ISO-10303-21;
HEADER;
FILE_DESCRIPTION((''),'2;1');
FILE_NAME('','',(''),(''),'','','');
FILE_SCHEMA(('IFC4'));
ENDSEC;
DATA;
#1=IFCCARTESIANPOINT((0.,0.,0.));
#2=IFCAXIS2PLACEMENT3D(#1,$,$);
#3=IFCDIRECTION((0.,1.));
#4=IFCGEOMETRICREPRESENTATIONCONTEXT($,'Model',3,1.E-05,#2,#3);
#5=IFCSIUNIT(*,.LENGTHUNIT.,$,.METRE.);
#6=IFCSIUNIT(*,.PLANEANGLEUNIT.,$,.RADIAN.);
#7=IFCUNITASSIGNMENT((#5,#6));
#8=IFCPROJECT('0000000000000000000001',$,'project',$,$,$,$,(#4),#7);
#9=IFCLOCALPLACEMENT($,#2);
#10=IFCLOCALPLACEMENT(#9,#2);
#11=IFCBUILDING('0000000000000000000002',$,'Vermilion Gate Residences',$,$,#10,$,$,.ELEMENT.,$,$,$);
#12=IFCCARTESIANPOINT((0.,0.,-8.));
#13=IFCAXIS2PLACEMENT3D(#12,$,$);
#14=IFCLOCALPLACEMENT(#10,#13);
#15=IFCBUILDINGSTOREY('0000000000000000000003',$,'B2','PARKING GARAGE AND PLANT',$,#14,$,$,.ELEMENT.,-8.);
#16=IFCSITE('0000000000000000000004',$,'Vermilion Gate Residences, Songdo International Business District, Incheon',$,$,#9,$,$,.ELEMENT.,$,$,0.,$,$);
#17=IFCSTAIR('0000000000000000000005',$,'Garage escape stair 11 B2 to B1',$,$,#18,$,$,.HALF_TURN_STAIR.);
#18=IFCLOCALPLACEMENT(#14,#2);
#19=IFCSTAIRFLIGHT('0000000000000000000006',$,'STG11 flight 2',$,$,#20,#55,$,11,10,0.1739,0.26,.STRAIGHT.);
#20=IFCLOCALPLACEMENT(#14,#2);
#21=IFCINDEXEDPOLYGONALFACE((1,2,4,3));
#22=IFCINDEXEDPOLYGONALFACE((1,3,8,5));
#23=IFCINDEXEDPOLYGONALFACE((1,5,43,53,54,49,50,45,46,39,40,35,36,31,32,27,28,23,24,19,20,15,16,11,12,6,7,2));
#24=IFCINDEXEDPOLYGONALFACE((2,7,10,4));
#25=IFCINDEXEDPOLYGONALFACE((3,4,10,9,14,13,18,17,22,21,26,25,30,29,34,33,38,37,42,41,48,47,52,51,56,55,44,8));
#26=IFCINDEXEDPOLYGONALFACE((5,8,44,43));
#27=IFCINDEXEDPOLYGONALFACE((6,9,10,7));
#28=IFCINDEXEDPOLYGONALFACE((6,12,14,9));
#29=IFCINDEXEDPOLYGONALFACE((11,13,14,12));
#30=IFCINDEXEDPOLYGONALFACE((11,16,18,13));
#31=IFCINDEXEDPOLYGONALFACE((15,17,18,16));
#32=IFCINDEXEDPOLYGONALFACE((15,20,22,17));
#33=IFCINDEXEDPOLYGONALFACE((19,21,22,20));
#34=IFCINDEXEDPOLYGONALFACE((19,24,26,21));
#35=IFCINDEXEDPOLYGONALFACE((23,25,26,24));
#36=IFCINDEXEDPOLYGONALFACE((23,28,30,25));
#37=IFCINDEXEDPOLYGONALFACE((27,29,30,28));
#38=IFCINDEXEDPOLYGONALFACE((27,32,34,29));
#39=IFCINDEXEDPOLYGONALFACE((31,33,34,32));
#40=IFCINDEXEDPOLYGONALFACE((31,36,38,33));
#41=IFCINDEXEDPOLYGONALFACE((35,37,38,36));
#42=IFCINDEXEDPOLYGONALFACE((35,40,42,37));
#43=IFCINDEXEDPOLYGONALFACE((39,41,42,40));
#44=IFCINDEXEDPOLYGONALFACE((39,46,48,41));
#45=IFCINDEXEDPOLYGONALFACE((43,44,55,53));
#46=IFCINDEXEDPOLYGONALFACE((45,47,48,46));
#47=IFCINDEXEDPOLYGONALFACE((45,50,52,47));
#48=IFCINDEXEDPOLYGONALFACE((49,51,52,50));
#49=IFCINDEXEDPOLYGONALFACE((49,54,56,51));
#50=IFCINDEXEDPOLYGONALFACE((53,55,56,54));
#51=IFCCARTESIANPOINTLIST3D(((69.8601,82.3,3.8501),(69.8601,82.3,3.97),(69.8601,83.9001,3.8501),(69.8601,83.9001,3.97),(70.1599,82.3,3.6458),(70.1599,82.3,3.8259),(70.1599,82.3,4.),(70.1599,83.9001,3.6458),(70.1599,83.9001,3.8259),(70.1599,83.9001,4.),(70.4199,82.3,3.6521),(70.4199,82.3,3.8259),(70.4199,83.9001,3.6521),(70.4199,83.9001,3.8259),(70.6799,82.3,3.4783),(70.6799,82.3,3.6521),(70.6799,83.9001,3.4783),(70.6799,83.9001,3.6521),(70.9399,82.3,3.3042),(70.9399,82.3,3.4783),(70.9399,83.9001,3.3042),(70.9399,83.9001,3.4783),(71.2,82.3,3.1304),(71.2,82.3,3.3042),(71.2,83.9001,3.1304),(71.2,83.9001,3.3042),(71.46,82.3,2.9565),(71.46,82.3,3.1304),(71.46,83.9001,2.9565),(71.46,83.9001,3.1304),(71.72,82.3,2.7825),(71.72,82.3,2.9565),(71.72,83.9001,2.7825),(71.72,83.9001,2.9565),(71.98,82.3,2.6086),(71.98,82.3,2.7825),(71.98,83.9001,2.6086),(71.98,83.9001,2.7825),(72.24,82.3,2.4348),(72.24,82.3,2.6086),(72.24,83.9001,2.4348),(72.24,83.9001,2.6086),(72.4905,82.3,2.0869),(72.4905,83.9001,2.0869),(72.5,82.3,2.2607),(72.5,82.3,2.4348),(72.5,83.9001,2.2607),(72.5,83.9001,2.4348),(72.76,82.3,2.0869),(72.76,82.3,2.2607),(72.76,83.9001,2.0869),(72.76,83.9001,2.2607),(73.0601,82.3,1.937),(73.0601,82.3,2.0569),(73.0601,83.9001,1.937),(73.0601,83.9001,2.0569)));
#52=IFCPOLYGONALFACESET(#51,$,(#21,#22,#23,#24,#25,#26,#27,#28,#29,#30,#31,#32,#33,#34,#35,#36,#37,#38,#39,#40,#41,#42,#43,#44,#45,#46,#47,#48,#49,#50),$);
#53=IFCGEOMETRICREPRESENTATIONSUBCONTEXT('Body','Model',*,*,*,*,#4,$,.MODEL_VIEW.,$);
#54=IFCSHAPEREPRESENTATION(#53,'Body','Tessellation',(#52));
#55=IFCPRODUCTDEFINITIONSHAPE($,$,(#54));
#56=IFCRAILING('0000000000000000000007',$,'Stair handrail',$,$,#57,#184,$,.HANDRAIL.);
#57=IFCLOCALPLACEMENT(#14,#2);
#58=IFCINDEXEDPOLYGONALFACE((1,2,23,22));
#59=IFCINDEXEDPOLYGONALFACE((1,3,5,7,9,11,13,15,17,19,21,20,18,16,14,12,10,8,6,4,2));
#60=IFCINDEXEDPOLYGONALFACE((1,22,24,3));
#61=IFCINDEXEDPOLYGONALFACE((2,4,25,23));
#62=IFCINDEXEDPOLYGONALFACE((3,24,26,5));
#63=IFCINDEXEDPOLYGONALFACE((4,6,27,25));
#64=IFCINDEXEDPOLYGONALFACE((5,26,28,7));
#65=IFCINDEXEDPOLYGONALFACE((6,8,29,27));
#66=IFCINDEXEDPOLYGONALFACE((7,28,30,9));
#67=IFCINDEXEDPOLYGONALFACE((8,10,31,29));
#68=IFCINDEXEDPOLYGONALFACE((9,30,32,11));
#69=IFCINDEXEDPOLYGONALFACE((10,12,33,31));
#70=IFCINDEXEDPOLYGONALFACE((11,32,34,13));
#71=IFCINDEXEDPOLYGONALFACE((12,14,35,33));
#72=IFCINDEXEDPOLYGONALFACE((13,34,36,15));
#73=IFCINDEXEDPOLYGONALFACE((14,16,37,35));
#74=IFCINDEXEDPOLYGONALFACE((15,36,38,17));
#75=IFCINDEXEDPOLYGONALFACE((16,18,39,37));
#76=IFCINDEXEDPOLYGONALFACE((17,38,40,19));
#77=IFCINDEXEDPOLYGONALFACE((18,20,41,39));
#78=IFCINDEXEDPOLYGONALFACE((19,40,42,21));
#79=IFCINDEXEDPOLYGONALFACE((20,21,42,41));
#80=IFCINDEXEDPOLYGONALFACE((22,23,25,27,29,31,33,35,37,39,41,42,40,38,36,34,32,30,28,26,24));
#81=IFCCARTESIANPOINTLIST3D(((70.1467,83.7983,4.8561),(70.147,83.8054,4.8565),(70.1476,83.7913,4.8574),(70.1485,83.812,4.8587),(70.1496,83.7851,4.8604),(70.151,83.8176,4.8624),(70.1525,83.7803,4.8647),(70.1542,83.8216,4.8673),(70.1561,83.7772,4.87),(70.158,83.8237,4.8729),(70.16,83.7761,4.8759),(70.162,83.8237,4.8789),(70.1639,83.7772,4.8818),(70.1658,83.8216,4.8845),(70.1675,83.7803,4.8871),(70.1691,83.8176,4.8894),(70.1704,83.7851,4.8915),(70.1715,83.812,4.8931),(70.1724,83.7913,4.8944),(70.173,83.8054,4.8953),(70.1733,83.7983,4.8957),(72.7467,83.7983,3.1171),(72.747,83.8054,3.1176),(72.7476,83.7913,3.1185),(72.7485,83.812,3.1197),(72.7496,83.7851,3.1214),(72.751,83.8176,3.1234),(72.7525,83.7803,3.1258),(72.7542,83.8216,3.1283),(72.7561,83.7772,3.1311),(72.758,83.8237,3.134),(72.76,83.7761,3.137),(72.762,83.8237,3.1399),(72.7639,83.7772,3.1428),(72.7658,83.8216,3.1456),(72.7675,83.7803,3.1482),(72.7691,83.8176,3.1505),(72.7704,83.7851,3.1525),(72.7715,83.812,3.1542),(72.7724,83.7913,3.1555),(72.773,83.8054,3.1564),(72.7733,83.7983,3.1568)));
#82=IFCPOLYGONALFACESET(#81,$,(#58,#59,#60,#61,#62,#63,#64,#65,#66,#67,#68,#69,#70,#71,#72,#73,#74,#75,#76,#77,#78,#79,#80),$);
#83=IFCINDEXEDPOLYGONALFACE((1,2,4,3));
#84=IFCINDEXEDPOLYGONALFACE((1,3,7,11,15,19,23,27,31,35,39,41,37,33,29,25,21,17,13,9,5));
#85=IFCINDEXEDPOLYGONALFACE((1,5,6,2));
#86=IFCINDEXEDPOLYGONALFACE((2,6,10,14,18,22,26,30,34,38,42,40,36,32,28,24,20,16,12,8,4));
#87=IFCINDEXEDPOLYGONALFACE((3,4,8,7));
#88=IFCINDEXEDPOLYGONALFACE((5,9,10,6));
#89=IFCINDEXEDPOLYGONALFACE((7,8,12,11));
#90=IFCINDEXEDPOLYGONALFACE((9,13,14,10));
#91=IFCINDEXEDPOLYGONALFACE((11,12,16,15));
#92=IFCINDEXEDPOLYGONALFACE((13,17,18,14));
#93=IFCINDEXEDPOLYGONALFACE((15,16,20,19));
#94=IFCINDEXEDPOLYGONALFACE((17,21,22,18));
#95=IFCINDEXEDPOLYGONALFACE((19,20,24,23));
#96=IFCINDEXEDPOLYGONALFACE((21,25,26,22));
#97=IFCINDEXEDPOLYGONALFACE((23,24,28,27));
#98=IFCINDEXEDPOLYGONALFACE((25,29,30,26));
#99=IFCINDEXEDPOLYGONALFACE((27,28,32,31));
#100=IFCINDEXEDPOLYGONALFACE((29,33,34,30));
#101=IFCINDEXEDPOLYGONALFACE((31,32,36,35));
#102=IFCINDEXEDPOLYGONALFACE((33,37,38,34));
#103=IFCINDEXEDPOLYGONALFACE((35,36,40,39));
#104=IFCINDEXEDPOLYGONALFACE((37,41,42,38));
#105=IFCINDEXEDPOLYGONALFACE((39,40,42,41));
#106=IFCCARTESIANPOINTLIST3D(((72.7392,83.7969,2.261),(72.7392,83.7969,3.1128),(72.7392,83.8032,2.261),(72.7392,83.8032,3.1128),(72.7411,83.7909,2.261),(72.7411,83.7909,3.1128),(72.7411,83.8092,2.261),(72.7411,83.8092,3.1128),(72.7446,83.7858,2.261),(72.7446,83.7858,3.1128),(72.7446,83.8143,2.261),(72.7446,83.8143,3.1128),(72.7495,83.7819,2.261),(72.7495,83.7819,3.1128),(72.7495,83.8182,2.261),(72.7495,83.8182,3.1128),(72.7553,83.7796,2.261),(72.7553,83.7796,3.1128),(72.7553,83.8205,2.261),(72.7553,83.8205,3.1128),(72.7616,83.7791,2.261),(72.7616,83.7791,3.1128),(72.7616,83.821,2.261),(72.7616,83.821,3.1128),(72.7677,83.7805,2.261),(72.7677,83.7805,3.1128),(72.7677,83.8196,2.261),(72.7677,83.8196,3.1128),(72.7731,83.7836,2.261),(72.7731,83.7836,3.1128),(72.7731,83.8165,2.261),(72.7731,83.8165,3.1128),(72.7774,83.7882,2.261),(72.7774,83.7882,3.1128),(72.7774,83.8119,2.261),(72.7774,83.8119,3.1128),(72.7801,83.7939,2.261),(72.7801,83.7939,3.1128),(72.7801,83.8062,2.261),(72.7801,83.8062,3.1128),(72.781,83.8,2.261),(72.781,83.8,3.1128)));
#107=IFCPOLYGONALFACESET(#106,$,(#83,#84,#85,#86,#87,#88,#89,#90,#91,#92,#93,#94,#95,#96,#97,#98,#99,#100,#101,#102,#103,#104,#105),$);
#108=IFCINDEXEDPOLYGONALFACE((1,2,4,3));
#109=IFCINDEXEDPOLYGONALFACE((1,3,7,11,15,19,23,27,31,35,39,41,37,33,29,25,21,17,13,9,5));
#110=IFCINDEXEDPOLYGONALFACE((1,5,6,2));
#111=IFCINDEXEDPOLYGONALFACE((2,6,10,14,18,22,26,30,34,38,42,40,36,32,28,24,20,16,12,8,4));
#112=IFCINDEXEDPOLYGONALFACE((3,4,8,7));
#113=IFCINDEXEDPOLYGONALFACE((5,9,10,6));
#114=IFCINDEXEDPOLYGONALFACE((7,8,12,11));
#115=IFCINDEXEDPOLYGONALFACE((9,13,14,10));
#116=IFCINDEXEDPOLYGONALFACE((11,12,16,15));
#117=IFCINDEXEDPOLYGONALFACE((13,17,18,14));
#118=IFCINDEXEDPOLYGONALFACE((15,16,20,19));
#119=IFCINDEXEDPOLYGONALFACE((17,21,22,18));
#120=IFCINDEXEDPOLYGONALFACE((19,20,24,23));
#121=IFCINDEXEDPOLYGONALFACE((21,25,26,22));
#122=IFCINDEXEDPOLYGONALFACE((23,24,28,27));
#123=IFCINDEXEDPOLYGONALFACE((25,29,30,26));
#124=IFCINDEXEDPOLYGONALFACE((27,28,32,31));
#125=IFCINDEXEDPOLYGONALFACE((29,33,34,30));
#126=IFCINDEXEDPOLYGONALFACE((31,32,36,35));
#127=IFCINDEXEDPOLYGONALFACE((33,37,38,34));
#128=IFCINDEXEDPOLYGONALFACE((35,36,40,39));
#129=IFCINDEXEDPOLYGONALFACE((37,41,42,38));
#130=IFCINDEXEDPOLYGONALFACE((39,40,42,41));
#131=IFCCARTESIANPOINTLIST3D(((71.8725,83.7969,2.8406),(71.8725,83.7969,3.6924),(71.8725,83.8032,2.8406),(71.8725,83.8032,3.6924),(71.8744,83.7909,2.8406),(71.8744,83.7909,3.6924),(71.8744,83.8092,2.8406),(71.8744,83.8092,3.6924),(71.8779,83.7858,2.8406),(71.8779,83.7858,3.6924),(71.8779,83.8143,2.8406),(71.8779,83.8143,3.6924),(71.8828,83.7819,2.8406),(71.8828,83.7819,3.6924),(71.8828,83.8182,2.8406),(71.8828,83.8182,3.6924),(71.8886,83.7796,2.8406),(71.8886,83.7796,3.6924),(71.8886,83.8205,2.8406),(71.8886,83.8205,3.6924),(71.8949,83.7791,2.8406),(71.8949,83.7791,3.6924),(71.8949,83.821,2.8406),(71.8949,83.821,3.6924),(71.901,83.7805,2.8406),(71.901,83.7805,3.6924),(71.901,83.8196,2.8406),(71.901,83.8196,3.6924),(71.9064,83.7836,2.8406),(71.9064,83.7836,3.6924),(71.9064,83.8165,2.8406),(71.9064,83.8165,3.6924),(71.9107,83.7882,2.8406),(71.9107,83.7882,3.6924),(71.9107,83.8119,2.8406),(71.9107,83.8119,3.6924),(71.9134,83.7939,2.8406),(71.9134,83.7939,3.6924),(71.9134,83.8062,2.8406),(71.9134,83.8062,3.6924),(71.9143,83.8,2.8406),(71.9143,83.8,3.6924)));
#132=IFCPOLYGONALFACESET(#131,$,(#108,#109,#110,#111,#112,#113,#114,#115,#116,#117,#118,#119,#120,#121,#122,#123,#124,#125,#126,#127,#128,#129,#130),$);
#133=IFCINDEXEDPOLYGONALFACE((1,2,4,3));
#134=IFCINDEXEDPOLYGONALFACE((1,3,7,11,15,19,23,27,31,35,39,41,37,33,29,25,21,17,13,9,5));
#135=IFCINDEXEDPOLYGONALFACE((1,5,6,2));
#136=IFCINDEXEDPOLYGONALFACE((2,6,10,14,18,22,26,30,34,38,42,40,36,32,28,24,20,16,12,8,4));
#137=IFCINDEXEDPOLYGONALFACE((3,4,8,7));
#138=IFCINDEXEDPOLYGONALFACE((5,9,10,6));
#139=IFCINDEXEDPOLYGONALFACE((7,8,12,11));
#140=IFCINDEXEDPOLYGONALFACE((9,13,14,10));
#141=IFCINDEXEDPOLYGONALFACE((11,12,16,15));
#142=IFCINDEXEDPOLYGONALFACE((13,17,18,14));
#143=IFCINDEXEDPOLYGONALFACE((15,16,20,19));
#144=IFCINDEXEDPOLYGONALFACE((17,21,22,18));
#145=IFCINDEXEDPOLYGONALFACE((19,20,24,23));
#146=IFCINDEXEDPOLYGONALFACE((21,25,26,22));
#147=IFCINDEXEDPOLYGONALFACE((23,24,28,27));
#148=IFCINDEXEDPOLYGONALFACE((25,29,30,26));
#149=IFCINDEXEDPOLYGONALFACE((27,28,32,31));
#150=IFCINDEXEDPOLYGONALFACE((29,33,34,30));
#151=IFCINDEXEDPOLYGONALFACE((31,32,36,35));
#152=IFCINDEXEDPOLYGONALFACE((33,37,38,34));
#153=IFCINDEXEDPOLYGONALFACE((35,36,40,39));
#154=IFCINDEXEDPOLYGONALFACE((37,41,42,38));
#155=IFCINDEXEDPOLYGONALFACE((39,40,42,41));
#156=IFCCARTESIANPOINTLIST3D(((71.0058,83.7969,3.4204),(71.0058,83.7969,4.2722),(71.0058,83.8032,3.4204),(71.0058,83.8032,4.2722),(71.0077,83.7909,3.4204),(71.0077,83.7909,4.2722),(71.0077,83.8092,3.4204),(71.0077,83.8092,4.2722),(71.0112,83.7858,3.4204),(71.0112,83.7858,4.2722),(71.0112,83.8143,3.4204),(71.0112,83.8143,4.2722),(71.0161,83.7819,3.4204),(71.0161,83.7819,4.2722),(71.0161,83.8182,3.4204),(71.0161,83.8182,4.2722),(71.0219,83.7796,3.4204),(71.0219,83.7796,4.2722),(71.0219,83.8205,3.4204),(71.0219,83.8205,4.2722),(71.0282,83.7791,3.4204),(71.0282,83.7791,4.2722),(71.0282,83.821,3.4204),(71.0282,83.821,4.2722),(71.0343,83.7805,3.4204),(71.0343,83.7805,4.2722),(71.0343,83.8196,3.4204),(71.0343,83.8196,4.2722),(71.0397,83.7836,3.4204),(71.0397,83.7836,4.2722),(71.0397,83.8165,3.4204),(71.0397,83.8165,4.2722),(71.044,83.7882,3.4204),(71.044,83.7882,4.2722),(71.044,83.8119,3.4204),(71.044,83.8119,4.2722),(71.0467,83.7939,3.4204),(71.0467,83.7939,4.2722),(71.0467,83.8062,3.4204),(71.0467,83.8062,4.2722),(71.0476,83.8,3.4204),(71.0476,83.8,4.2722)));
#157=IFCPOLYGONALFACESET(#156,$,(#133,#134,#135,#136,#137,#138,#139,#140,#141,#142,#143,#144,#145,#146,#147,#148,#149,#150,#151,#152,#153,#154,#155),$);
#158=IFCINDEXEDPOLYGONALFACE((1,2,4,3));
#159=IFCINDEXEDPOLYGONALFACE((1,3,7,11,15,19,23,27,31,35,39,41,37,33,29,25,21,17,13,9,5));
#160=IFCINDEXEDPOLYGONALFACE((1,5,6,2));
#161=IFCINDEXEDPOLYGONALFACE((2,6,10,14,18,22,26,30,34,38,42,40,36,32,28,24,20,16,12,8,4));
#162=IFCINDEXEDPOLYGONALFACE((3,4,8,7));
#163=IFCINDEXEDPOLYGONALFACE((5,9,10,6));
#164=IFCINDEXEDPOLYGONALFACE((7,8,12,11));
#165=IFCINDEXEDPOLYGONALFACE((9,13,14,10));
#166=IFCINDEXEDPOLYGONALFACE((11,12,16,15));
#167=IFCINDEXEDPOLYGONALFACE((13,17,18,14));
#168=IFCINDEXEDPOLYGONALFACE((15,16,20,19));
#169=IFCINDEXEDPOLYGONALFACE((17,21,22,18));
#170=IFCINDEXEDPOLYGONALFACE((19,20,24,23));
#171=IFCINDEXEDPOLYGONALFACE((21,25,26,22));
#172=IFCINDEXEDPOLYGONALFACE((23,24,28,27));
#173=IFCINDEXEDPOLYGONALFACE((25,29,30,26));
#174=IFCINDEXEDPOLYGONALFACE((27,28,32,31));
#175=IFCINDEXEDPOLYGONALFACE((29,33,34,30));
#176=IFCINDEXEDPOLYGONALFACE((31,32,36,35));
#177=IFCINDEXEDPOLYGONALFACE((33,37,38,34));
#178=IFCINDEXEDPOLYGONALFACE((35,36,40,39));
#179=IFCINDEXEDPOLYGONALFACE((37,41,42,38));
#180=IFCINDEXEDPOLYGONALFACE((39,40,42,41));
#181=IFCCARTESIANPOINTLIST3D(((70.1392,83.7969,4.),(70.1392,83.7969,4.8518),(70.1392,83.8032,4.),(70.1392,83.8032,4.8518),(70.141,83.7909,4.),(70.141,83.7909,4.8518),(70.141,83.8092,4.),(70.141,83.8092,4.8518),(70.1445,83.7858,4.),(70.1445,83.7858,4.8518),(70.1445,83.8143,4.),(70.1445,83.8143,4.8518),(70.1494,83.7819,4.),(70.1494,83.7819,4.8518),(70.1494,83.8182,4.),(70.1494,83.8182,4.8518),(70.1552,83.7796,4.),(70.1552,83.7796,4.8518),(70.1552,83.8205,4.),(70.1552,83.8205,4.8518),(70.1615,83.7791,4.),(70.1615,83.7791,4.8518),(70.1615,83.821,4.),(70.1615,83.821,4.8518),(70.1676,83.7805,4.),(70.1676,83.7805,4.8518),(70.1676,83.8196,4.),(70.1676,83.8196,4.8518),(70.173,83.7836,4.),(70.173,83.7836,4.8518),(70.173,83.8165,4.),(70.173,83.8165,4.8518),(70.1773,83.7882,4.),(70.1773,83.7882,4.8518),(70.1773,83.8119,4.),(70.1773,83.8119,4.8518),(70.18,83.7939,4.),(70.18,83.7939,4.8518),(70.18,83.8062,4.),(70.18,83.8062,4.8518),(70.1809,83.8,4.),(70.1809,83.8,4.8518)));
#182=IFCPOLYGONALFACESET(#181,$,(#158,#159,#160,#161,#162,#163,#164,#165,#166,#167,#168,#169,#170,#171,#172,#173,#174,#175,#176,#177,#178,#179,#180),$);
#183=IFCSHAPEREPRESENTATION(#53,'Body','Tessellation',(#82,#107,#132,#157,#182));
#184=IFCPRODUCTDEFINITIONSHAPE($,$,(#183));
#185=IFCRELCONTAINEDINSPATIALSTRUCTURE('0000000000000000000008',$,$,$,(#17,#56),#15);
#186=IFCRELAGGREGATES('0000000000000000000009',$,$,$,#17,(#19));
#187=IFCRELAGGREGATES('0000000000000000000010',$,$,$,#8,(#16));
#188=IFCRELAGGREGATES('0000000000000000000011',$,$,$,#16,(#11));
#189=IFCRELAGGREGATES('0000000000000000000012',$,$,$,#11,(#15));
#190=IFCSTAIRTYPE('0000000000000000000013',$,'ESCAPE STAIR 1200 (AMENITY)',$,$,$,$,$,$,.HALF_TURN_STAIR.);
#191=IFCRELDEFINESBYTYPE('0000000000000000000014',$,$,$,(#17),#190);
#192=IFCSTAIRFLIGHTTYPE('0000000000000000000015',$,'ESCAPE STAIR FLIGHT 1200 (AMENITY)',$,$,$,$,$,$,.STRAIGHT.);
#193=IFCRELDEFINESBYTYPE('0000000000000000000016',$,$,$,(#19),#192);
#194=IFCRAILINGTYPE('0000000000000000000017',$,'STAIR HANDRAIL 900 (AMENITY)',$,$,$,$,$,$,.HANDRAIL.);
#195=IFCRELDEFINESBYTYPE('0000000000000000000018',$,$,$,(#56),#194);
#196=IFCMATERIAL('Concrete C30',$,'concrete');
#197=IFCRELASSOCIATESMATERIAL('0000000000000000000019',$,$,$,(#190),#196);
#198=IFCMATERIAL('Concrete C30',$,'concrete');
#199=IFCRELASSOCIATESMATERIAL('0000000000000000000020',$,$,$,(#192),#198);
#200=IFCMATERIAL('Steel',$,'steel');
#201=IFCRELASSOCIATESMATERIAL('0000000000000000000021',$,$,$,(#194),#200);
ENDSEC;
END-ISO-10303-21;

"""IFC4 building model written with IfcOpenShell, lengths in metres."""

from ifc_helpers import new_model, si_unit, direction, frame, origin, origin_2d, place, context, subcontext, project, spatial, polyline, circle, outline, extrude, material, type_object, element, aggregate, save


model = new_model("IFC4")

# Units and contexts
model_context = context("Model", 3, precision=1e-05, world=origin(), true_north=direction((0.0, 1.0)))
body_context = subcontext(model_context, "Body", "Model", "MODEL_VIEW")
ifc_project = project(units=[si_unit("LENGTHUNIT", "METRE"), si_unit("PLANEANGLEUNIT", "RADIAN")], contexts=[model_context])

# Site, building, storey
site_placement = place(None, origin())
site = spatial("IfcSite", under=ifc_project, at=site_placement, Name="Vermilion Gate Residences, Songdo International Business District, Incheon", CompositionType="ELEMENT", RefElevation=0.0)
building_placement = place(site_placement, origin())
building = spatial("IfcBuilding", under=site, at=building_placement, Name="Vermilion Gate Residences", CompositionType="ELEMENT")
storey_placement = place(building_placement, frame((0.0, 0.0, -8.0)))
storey = spatial("IfcBuildingStorey", under=building, at=storey_placement, Name="B2", Description="PARKING GARAGE AND PLANT", CompositionType="ELEMENT", Elevation=-8.0)

# Stair, stair flight
ifc_material_1 = material(Name="Concrete C30", Category="concrete")
stair_type = type_object("IfcStairType", Name="ESCAPE STAIR 1200 (AMENITY)", PredefinedType="HALF_TURN_STAIR", material=ifc_material_1)
stair_placement = place(storey_placement, origin())
stair = element("IfcStair", 1, at=stair_placement, inside=storey, type_object=stair_type, Name="Garage escape stair 11 B2 to B1", PredefinedType="HALF_TURN_STAIR")
ifc_material_2 = material(Name="Concrete C30", Category="concrete")
stair_flight_type = type_object("IfcStairFlightType", Name="ESCAPE STAIR FLIGHT 1200 (AMENITY)", PredefinedType="STRAIGHT", material=ifc_material_2)
stair_flight_placement = place(storey_placement, frame((72.76, 83.1001, 2.0869), z_axis=(0.0, 0.0, 1.0), x_axis=(-1.0, 0.0, 0.0)))
stair_flight = element("IfcStairFlight", 2, at=stair_flight_placement, type_object=stair_flight_type, Name="STG11 flight 2", NumberOfRisers=11, NumberOfTreads=10, PredefinedType="STRAIGHT", RiserHeight=0.1739, TreadLength=0.26, context=body_context, shape_type="SweptSolid", body=[
    extrude(outline(polyline([(-0.3, -0.1499), (-0.3, -0.03), (0.0, 0.0), (0.0, 0.1738), (0.26, 0.1738), (0.26, 0.3479), (0.52, 0.3479), (0.52, 0.5217), (0.78, 0.5217), (0.78, 0.6956), (1.04, 0.6956), (1.04, 0.8696), (1.3, 0.8696), (1.3, 1.0435), (1.5601, 1.0435), (1.5601, 1.2173), (1.8201, 1.2173), (1.8201, 1.3914), (2.0801, 1.3914), (2.0801, 1.5652), (2.3401, 1.5652), (2.3401, 1.739), (2.6001, 1.739), (2.6001, 1.9131), (2.8999, 1.8831), (2.8999, 1.7632), (2.6001, 1.5588), (0.2695, 0.0), (-0.3, -0.1499)])), frame((0.0, 0.8, 0.0), z_axis=(0.0, -1.0, 0.0), x_axis=(1.0, 0.0, 0.0)), (0.0, 0.0, 1.0), 1.6001),
])
aggregate(stair, [stair_flight])

# Railing
ifc_material_3 = material(Name="Steel", Category="steel")
railing_type = type_object("IfcRailingType", Name="STAIR HANDRAIL 900 (AMENITY)", PredefinedType="HANDRAIL", material=ifc_material_3)
railing_placement = place(storey_placement, frame((72.76, 83.8, 2.261)))
element("IfcRailing", 3, at=railing_placement, inside=storey, type_object=railing_type, Name="Stair handrail", PredefinedType="HANDRAIL", context=body_context, shape_type="SweptSolid", body=[
    extrude(circle(Radius=0.0239, at=origin_2d()), frame((0.0, 0.0, 0.876), z_axis=(-0.831221, 0.0, 0.555942), x_axis=(0.0, -1.0, 0.0)), (0.0, 0.0, 1.0), 3.1279),
    extrude(circle(Radius=0.021, at=origin_2d()), origin(), (0.0, 0.0, 1.0), 0.8518),
    extrude(circle(Radius=0.021, at=origin_2d()), frame((-0.8667, 0.0, 0.5796)), (0.0, 0.0, 1.0), 0.8518),
    extrude(circle(Radius=0.021, at=origin_2d()), frame((-1.7334, 0.0, 1.1594)), (0.0, 0.0, 1.0), 0.8518),
    extrude(circle(Radius=0.021, at=origin_2d()), frame((-2.6001, 0.0, 1.739)), (0.0, 0.0, 1.0), 0.8518),
])

save(model, "model.ifc")
